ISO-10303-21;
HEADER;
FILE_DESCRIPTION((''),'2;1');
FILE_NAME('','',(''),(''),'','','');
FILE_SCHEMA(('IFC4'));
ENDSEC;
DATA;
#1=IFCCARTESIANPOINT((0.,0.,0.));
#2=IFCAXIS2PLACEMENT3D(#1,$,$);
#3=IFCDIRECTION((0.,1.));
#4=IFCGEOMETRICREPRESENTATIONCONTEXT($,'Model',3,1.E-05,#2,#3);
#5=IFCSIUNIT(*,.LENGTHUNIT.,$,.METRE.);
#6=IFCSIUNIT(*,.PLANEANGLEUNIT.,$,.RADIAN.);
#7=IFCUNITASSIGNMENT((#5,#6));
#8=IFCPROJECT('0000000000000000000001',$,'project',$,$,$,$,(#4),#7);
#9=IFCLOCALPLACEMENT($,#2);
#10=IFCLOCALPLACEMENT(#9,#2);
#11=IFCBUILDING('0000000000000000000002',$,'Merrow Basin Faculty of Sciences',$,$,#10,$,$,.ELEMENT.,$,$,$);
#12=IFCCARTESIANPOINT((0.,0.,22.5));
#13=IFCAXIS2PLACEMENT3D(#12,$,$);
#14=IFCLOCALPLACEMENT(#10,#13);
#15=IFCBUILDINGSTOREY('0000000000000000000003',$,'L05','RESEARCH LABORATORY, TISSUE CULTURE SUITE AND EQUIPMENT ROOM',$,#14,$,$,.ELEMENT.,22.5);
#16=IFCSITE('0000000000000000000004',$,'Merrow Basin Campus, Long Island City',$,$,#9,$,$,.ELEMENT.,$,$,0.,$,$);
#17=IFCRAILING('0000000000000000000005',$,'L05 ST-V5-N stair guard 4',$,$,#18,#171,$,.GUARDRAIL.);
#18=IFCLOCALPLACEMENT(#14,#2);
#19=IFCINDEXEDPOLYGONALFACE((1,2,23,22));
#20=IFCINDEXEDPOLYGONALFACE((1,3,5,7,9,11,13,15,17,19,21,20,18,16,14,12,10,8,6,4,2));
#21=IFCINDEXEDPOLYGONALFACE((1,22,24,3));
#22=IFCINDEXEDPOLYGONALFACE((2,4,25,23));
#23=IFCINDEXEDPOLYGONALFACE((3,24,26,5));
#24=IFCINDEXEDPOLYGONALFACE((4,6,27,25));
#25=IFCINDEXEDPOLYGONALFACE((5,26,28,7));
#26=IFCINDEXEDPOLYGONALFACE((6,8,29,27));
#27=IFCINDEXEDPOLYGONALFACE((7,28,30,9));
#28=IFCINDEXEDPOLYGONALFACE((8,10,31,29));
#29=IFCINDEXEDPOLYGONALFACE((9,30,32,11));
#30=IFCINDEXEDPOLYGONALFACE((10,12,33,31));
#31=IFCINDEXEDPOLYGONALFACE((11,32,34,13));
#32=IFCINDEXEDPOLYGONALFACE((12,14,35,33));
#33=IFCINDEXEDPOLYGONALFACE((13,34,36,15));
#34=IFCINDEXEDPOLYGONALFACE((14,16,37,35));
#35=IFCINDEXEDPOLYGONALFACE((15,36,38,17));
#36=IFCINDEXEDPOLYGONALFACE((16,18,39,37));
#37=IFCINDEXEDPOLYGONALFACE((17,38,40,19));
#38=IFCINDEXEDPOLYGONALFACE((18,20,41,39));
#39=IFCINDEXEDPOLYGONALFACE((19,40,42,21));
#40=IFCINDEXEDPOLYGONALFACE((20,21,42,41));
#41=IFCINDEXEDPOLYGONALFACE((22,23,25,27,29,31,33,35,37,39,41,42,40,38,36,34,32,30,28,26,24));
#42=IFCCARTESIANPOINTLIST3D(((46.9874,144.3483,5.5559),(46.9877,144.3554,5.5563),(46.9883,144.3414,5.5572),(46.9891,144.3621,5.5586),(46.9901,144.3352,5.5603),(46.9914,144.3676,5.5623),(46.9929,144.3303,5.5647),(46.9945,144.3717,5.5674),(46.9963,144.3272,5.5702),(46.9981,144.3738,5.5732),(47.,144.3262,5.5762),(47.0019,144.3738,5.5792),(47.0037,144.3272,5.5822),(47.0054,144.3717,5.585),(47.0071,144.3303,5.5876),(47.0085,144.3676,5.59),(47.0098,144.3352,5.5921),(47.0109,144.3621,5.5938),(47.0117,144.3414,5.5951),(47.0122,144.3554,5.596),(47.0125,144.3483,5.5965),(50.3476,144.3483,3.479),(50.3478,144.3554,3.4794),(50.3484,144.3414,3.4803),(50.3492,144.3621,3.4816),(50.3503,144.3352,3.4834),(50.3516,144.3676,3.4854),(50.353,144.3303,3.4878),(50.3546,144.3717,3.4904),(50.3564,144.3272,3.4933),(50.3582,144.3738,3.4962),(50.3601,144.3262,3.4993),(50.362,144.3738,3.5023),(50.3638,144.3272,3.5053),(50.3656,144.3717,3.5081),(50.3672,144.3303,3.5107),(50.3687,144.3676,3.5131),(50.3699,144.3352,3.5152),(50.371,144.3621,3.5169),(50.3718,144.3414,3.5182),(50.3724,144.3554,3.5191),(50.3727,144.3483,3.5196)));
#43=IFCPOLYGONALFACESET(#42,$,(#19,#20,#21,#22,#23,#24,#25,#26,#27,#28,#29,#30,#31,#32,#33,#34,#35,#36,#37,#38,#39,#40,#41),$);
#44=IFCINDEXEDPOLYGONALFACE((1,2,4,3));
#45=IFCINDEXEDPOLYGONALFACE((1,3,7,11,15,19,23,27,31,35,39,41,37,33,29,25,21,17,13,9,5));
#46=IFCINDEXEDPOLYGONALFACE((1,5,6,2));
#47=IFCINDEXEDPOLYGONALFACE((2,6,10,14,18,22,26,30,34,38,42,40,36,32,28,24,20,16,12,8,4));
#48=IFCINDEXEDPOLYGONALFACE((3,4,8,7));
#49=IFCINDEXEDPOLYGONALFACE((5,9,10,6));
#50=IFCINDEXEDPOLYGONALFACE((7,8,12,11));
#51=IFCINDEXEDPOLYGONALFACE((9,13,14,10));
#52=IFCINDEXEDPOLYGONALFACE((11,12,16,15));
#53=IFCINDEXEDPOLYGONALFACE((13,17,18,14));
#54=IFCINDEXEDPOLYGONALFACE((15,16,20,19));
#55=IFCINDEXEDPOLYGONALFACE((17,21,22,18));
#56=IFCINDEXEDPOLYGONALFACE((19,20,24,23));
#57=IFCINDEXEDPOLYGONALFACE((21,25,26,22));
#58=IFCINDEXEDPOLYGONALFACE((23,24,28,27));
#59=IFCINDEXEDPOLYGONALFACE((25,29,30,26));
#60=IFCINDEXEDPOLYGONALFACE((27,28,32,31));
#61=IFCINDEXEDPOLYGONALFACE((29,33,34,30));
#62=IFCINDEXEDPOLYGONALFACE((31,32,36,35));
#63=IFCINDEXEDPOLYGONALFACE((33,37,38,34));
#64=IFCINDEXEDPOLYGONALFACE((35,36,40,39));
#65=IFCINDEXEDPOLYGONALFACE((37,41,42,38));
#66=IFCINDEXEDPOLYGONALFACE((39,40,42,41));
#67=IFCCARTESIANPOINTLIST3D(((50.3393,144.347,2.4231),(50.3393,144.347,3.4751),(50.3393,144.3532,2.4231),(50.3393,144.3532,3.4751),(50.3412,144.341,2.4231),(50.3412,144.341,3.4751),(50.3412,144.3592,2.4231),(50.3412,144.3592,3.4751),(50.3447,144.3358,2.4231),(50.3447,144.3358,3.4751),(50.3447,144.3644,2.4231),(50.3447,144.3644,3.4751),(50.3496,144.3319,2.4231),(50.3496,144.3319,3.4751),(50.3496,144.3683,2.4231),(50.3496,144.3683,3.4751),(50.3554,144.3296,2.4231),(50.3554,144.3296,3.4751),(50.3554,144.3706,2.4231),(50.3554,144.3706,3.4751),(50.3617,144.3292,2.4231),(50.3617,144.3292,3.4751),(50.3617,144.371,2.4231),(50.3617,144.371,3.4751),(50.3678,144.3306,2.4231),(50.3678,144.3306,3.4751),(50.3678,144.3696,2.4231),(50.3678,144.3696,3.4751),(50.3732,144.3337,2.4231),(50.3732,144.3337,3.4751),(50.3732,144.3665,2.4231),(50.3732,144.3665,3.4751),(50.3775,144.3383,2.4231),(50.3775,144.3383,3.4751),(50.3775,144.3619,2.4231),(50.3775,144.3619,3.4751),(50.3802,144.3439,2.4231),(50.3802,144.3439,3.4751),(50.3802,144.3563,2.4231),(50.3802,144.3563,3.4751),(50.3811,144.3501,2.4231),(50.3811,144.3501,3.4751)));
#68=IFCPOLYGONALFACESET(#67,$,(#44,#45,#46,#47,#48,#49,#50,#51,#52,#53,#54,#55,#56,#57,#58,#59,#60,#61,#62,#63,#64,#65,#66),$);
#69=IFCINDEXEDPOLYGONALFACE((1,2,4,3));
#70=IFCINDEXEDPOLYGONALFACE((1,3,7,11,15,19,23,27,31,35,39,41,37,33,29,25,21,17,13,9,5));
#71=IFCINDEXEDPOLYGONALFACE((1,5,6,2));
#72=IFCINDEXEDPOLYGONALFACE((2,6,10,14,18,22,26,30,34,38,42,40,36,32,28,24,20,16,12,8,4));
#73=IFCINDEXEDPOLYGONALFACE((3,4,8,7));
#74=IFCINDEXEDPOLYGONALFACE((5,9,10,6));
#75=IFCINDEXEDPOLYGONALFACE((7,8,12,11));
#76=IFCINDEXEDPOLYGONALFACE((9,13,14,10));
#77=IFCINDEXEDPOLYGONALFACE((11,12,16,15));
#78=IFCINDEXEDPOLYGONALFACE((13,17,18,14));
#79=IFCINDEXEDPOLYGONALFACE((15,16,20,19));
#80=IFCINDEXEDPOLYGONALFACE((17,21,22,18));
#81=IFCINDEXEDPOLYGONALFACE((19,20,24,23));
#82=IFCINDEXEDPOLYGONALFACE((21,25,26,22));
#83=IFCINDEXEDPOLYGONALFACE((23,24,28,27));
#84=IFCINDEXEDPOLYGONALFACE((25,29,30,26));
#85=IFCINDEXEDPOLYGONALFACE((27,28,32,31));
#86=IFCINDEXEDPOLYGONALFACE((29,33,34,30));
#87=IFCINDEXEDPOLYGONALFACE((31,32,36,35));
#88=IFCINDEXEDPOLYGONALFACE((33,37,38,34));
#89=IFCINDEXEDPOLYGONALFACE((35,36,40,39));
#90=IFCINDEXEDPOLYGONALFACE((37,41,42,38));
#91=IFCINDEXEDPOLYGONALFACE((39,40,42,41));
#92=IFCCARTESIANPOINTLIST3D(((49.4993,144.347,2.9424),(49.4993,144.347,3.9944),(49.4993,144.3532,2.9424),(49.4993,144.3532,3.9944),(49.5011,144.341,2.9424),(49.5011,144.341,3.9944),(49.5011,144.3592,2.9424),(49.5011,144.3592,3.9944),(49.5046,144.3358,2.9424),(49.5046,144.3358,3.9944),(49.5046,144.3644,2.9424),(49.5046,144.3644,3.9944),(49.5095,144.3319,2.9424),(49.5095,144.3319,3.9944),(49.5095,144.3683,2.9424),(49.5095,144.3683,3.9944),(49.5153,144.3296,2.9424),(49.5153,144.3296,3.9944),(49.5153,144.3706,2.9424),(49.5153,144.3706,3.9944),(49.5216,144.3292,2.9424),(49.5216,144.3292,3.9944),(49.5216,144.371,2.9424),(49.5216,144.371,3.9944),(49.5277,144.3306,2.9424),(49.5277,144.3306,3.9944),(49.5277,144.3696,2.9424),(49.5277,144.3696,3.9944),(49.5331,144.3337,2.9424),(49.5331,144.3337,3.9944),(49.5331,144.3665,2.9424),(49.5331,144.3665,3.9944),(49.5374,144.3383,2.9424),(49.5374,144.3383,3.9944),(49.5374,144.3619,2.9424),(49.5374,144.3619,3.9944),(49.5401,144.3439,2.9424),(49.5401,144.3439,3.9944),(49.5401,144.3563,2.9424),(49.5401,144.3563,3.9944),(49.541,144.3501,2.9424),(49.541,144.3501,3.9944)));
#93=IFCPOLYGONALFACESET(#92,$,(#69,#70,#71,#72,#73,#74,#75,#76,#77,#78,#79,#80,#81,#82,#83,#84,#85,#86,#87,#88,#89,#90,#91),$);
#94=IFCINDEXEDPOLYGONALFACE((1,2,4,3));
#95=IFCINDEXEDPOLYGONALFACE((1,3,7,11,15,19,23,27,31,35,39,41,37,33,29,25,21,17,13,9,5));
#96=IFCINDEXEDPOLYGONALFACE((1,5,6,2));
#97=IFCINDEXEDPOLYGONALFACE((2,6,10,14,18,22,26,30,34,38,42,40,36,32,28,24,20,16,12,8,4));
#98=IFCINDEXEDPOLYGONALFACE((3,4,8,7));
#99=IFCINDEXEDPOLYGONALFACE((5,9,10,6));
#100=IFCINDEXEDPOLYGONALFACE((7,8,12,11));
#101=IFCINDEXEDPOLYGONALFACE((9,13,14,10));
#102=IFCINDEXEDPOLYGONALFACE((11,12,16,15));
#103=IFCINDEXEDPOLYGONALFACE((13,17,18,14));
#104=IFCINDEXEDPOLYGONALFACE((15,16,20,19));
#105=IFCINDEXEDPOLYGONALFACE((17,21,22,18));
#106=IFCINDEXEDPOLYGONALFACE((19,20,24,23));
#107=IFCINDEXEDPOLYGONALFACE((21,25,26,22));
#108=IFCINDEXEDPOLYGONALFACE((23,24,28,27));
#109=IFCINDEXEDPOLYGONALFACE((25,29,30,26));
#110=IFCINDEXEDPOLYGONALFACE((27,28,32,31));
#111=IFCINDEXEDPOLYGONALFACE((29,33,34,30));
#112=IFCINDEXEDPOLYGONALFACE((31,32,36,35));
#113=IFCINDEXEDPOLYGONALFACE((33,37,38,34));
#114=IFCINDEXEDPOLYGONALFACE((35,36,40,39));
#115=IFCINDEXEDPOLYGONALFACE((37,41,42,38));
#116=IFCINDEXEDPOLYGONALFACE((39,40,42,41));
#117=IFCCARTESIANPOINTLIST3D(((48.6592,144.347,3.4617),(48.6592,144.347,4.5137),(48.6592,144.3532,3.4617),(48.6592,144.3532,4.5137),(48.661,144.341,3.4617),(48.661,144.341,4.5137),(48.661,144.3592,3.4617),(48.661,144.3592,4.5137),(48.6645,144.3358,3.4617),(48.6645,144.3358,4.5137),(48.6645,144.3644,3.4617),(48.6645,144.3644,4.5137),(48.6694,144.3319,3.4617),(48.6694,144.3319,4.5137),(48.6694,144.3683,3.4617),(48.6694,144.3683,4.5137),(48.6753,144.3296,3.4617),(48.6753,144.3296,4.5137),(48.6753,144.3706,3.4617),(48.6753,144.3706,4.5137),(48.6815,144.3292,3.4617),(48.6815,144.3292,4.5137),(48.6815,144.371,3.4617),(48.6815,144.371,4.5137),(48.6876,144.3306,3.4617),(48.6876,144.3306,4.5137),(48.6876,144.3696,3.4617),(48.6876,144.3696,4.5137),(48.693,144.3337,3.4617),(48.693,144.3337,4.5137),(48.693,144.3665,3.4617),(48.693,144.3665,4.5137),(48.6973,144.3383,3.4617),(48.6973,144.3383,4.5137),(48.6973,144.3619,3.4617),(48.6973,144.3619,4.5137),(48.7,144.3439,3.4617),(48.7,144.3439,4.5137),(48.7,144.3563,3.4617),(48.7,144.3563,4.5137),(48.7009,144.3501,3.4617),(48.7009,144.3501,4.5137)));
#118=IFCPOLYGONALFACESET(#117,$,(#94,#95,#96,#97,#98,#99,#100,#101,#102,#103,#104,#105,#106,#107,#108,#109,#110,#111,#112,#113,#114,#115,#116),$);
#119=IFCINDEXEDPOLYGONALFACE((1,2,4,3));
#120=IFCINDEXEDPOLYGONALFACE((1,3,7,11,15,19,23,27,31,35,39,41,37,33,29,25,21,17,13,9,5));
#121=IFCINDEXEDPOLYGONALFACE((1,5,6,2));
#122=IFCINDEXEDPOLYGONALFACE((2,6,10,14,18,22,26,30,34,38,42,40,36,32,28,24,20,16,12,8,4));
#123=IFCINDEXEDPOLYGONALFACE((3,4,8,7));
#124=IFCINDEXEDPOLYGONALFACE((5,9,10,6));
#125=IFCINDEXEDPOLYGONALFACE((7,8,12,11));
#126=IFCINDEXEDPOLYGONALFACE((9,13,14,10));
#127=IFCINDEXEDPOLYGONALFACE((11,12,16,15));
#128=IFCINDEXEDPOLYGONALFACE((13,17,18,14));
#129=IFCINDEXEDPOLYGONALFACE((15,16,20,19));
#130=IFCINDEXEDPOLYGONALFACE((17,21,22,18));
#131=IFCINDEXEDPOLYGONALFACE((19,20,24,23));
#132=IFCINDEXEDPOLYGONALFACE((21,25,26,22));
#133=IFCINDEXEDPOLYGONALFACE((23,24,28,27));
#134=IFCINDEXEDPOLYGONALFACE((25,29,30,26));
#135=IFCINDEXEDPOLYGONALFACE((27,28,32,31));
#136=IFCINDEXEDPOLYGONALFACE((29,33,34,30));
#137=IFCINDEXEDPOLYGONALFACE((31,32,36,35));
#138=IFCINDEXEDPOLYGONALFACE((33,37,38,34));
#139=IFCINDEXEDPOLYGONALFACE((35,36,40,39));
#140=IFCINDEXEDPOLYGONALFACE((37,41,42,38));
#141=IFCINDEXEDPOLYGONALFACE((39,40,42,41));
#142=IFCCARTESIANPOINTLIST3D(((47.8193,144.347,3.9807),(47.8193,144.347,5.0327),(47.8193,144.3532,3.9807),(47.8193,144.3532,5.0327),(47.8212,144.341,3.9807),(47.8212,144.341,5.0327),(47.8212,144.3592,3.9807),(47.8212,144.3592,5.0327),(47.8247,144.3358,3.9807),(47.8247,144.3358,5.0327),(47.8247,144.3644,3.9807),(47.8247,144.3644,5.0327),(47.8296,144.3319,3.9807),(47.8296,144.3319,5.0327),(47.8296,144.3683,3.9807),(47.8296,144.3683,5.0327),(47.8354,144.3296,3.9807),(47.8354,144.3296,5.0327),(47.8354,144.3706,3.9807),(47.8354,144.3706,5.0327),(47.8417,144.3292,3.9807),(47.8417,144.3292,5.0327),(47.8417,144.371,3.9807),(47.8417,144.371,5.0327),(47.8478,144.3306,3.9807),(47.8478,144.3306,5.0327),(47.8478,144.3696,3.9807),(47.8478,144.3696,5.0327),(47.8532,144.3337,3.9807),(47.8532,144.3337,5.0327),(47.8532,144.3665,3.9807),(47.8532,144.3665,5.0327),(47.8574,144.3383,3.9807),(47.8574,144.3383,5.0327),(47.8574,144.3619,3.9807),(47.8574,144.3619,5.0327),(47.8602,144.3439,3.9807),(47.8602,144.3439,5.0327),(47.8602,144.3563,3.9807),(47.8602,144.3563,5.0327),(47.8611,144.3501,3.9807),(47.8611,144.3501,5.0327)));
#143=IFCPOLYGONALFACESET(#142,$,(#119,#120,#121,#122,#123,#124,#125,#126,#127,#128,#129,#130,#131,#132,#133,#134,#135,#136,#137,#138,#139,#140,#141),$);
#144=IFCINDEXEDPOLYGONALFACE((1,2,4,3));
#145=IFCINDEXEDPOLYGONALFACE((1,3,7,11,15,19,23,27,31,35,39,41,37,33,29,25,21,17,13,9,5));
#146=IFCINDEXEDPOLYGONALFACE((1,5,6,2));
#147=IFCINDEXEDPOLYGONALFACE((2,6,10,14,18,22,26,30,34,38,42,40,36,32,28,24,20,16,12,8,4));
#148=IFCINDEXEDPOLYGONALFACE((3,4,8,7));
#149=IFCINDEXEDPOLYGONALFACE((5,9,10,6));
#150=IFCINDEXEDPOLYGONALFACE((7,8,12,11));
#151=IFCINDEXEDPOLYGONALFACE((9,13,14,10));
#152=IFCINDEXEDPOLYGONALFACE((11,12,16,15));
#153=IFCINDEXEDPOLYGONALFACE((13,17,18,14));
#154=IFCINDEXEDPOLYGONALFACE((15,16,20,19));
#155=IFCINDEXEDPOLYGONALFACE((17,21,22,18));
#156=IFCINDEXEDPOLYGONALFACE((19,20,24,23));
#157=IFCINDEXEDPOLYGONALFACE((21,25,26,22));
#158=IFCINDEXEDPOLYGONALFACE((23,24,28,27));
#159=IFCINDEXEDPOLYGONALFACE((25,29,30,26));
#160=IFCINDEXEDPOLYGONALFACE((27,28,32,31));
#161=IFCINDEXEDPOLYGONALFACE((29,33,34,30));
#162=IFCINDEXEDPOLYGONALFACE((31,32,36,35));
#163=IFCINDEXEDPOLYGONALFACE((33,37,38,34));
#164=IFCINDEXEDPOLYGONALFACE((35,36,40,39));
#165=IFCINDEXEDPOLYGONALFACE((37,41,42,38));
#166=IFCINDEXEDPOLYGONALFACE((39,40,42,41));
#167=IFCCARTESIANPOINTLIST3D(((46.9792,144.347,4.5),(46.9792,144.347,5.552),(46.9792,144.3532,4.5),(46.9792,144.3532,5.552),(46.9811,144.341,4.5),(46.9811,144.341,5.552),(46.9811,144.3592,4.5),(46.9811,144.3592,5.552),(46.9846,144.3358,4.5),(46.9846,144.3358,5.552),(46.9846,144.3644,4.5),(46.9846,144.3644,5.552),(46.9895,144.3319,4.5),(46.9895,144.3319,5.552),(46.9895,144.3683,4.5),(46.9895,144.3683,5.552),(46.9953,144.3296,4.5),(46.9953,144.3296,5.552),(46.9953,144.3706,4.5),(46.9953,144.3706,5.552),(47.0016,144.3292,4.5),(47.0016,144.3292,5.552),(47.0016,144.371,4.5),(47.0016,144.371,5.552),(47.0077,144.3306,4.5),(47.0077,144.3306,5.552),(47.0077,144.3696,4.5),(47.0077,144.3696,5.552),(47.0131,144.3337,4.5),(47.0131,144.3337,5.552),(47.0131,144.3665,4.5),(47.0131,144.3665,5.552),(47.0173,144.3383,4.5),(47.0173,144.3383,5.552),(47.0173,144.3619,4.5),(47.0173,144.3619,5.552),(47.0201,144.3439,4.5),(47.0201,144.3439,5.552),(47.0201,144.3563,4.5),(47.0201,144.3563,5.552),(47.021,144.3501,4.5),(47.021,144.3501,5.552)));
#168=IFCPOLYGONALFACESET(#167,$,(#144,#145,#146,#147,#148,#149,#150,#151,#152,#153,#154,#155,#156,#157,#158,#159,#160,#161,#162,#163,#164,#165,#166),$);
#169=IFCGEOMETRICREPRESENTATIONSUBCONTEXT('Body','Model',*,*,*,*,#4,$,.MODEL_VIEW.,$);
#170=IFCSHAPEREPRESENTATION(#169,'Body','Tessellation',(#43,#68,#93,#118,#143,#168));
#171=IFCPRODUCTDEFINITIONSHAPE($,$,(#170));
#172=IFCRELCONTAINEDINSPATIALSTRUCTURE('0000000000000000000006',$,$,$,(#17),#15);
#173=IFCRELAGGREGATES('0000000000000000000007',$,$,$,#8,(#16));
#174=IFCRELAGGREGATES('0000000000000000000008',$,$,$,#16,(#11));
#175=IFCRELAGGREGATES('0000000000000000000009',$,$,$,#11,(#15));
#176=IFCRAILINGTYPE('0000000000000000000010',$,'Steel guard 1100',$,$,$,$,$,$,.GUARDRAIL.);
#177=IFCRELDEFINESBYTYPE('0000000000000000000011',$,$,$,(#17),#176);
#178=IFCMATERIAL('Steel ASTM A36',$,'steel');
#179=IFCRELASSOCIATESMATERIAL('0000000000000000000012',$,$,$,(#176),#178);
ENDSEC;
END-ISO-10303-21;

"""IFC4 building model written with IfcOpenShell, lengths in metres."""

from ifc_helpers import new_model, si_unit, direction, frame, origin, origin_2d, place, context, subcontext, project, spatial, circle, extrude, material, type_object, element, save


model = new_model("IFC4")

# Units and contexts
model_context = context("Model", 3, precision=1e-05, world=origin(), true_north=direction((0.0, 1.0)))
body_context = subcontext(model_context, "Body", "Model", "MODEL_VIEW")
ifc_project = project(units=[si_unit("LENGTHUNIT", "METRE"), si_unit("PLANEANGLEUNIT", "RADIAN")], contexts=[model_context])

# Site, building, storey
site_placement = place(None, origin())
site = spatial("IfcSite", under=ifc_project, at=site_placement, Name="Merrow Basin Campus, Long Island City", CompositionType="ELEMENT", RefElevation=0.0)
building_placement = place(site_placement, origin())
building = spatial("IfcBuilding", under=site, at=building_placement, Name="Merrow Basin Faculty of Sciences", CompositionType="ELEMENT")
storey_placement = place(building_placement, frame((0.0, 0.0, 22.5)))
storey = spatial("IfcBuildingStorey", under=building, at=storey_placement, Name="L05", Description="RESEARCH LABORATORY, TISSUE CULTURE SUITE AND EQUIPMENT ROOM", CompositionType="ELEMENT", Elevation=22.5)

# Railing
ifc_material_1 = material(Name="Steel ASTM A36", Category="steel")
railing_type_1 = type_object("IfcRailingType", Name="Steel guard 1100", PredefinedType="GUARDRAIL", material=ifc_material_1)
railing_1_placement = place(storey_placement, frame((50.3601, 144.3501, 2.4231)))
element("IfcRailing", 1, at=railing_1_placement, inside=storey, type_object=railing_type_1, Name="L05 ST-V5-N stair guard 4", PredefinedType="GUARDRAIL", context=body_context, shape_type="SweptSolid", body=[
    extrude(circle(Radius=0.0239, at=origin_2d()), frame((0.0, 0.0, 1.0762), z_axis=(-0.850623, 0.0, 0.525776), x_axis=(0.0, -1.0, 0.0)), (0.0, 0.0, 1.0), 3.9502),
    extrude(circle(Radius=0.021, at=origin_2d()), origin(), (0.0, 0.0, 1.0), 1.052),
    extrude(circle(Radius=0.021, at=origin_2d()), frame((-0.8401, 0.0, 0.5193)), (0.0, 0.0, 1.0), 1.052),
    extrude(circle(Radius=0.021, at=origin_2d()), frame((-1.6802, 0.0, 1.0386)), (0.0, 0.0, 1.0), 1.052),
    extrude(circle(Radius=0.021, at=origin_2d()), frame((-2.52, 0.0, 1.5576)), (0.0, 0.0, 1.0), 1.052),
    extrude(circle(Radius=0.021, at=origin_2d()), frame((-3.3601, 0.0, 2.0769)), (0.0, 0.0, 1.0), 1.052),
])

save(model, "model.ifc")
